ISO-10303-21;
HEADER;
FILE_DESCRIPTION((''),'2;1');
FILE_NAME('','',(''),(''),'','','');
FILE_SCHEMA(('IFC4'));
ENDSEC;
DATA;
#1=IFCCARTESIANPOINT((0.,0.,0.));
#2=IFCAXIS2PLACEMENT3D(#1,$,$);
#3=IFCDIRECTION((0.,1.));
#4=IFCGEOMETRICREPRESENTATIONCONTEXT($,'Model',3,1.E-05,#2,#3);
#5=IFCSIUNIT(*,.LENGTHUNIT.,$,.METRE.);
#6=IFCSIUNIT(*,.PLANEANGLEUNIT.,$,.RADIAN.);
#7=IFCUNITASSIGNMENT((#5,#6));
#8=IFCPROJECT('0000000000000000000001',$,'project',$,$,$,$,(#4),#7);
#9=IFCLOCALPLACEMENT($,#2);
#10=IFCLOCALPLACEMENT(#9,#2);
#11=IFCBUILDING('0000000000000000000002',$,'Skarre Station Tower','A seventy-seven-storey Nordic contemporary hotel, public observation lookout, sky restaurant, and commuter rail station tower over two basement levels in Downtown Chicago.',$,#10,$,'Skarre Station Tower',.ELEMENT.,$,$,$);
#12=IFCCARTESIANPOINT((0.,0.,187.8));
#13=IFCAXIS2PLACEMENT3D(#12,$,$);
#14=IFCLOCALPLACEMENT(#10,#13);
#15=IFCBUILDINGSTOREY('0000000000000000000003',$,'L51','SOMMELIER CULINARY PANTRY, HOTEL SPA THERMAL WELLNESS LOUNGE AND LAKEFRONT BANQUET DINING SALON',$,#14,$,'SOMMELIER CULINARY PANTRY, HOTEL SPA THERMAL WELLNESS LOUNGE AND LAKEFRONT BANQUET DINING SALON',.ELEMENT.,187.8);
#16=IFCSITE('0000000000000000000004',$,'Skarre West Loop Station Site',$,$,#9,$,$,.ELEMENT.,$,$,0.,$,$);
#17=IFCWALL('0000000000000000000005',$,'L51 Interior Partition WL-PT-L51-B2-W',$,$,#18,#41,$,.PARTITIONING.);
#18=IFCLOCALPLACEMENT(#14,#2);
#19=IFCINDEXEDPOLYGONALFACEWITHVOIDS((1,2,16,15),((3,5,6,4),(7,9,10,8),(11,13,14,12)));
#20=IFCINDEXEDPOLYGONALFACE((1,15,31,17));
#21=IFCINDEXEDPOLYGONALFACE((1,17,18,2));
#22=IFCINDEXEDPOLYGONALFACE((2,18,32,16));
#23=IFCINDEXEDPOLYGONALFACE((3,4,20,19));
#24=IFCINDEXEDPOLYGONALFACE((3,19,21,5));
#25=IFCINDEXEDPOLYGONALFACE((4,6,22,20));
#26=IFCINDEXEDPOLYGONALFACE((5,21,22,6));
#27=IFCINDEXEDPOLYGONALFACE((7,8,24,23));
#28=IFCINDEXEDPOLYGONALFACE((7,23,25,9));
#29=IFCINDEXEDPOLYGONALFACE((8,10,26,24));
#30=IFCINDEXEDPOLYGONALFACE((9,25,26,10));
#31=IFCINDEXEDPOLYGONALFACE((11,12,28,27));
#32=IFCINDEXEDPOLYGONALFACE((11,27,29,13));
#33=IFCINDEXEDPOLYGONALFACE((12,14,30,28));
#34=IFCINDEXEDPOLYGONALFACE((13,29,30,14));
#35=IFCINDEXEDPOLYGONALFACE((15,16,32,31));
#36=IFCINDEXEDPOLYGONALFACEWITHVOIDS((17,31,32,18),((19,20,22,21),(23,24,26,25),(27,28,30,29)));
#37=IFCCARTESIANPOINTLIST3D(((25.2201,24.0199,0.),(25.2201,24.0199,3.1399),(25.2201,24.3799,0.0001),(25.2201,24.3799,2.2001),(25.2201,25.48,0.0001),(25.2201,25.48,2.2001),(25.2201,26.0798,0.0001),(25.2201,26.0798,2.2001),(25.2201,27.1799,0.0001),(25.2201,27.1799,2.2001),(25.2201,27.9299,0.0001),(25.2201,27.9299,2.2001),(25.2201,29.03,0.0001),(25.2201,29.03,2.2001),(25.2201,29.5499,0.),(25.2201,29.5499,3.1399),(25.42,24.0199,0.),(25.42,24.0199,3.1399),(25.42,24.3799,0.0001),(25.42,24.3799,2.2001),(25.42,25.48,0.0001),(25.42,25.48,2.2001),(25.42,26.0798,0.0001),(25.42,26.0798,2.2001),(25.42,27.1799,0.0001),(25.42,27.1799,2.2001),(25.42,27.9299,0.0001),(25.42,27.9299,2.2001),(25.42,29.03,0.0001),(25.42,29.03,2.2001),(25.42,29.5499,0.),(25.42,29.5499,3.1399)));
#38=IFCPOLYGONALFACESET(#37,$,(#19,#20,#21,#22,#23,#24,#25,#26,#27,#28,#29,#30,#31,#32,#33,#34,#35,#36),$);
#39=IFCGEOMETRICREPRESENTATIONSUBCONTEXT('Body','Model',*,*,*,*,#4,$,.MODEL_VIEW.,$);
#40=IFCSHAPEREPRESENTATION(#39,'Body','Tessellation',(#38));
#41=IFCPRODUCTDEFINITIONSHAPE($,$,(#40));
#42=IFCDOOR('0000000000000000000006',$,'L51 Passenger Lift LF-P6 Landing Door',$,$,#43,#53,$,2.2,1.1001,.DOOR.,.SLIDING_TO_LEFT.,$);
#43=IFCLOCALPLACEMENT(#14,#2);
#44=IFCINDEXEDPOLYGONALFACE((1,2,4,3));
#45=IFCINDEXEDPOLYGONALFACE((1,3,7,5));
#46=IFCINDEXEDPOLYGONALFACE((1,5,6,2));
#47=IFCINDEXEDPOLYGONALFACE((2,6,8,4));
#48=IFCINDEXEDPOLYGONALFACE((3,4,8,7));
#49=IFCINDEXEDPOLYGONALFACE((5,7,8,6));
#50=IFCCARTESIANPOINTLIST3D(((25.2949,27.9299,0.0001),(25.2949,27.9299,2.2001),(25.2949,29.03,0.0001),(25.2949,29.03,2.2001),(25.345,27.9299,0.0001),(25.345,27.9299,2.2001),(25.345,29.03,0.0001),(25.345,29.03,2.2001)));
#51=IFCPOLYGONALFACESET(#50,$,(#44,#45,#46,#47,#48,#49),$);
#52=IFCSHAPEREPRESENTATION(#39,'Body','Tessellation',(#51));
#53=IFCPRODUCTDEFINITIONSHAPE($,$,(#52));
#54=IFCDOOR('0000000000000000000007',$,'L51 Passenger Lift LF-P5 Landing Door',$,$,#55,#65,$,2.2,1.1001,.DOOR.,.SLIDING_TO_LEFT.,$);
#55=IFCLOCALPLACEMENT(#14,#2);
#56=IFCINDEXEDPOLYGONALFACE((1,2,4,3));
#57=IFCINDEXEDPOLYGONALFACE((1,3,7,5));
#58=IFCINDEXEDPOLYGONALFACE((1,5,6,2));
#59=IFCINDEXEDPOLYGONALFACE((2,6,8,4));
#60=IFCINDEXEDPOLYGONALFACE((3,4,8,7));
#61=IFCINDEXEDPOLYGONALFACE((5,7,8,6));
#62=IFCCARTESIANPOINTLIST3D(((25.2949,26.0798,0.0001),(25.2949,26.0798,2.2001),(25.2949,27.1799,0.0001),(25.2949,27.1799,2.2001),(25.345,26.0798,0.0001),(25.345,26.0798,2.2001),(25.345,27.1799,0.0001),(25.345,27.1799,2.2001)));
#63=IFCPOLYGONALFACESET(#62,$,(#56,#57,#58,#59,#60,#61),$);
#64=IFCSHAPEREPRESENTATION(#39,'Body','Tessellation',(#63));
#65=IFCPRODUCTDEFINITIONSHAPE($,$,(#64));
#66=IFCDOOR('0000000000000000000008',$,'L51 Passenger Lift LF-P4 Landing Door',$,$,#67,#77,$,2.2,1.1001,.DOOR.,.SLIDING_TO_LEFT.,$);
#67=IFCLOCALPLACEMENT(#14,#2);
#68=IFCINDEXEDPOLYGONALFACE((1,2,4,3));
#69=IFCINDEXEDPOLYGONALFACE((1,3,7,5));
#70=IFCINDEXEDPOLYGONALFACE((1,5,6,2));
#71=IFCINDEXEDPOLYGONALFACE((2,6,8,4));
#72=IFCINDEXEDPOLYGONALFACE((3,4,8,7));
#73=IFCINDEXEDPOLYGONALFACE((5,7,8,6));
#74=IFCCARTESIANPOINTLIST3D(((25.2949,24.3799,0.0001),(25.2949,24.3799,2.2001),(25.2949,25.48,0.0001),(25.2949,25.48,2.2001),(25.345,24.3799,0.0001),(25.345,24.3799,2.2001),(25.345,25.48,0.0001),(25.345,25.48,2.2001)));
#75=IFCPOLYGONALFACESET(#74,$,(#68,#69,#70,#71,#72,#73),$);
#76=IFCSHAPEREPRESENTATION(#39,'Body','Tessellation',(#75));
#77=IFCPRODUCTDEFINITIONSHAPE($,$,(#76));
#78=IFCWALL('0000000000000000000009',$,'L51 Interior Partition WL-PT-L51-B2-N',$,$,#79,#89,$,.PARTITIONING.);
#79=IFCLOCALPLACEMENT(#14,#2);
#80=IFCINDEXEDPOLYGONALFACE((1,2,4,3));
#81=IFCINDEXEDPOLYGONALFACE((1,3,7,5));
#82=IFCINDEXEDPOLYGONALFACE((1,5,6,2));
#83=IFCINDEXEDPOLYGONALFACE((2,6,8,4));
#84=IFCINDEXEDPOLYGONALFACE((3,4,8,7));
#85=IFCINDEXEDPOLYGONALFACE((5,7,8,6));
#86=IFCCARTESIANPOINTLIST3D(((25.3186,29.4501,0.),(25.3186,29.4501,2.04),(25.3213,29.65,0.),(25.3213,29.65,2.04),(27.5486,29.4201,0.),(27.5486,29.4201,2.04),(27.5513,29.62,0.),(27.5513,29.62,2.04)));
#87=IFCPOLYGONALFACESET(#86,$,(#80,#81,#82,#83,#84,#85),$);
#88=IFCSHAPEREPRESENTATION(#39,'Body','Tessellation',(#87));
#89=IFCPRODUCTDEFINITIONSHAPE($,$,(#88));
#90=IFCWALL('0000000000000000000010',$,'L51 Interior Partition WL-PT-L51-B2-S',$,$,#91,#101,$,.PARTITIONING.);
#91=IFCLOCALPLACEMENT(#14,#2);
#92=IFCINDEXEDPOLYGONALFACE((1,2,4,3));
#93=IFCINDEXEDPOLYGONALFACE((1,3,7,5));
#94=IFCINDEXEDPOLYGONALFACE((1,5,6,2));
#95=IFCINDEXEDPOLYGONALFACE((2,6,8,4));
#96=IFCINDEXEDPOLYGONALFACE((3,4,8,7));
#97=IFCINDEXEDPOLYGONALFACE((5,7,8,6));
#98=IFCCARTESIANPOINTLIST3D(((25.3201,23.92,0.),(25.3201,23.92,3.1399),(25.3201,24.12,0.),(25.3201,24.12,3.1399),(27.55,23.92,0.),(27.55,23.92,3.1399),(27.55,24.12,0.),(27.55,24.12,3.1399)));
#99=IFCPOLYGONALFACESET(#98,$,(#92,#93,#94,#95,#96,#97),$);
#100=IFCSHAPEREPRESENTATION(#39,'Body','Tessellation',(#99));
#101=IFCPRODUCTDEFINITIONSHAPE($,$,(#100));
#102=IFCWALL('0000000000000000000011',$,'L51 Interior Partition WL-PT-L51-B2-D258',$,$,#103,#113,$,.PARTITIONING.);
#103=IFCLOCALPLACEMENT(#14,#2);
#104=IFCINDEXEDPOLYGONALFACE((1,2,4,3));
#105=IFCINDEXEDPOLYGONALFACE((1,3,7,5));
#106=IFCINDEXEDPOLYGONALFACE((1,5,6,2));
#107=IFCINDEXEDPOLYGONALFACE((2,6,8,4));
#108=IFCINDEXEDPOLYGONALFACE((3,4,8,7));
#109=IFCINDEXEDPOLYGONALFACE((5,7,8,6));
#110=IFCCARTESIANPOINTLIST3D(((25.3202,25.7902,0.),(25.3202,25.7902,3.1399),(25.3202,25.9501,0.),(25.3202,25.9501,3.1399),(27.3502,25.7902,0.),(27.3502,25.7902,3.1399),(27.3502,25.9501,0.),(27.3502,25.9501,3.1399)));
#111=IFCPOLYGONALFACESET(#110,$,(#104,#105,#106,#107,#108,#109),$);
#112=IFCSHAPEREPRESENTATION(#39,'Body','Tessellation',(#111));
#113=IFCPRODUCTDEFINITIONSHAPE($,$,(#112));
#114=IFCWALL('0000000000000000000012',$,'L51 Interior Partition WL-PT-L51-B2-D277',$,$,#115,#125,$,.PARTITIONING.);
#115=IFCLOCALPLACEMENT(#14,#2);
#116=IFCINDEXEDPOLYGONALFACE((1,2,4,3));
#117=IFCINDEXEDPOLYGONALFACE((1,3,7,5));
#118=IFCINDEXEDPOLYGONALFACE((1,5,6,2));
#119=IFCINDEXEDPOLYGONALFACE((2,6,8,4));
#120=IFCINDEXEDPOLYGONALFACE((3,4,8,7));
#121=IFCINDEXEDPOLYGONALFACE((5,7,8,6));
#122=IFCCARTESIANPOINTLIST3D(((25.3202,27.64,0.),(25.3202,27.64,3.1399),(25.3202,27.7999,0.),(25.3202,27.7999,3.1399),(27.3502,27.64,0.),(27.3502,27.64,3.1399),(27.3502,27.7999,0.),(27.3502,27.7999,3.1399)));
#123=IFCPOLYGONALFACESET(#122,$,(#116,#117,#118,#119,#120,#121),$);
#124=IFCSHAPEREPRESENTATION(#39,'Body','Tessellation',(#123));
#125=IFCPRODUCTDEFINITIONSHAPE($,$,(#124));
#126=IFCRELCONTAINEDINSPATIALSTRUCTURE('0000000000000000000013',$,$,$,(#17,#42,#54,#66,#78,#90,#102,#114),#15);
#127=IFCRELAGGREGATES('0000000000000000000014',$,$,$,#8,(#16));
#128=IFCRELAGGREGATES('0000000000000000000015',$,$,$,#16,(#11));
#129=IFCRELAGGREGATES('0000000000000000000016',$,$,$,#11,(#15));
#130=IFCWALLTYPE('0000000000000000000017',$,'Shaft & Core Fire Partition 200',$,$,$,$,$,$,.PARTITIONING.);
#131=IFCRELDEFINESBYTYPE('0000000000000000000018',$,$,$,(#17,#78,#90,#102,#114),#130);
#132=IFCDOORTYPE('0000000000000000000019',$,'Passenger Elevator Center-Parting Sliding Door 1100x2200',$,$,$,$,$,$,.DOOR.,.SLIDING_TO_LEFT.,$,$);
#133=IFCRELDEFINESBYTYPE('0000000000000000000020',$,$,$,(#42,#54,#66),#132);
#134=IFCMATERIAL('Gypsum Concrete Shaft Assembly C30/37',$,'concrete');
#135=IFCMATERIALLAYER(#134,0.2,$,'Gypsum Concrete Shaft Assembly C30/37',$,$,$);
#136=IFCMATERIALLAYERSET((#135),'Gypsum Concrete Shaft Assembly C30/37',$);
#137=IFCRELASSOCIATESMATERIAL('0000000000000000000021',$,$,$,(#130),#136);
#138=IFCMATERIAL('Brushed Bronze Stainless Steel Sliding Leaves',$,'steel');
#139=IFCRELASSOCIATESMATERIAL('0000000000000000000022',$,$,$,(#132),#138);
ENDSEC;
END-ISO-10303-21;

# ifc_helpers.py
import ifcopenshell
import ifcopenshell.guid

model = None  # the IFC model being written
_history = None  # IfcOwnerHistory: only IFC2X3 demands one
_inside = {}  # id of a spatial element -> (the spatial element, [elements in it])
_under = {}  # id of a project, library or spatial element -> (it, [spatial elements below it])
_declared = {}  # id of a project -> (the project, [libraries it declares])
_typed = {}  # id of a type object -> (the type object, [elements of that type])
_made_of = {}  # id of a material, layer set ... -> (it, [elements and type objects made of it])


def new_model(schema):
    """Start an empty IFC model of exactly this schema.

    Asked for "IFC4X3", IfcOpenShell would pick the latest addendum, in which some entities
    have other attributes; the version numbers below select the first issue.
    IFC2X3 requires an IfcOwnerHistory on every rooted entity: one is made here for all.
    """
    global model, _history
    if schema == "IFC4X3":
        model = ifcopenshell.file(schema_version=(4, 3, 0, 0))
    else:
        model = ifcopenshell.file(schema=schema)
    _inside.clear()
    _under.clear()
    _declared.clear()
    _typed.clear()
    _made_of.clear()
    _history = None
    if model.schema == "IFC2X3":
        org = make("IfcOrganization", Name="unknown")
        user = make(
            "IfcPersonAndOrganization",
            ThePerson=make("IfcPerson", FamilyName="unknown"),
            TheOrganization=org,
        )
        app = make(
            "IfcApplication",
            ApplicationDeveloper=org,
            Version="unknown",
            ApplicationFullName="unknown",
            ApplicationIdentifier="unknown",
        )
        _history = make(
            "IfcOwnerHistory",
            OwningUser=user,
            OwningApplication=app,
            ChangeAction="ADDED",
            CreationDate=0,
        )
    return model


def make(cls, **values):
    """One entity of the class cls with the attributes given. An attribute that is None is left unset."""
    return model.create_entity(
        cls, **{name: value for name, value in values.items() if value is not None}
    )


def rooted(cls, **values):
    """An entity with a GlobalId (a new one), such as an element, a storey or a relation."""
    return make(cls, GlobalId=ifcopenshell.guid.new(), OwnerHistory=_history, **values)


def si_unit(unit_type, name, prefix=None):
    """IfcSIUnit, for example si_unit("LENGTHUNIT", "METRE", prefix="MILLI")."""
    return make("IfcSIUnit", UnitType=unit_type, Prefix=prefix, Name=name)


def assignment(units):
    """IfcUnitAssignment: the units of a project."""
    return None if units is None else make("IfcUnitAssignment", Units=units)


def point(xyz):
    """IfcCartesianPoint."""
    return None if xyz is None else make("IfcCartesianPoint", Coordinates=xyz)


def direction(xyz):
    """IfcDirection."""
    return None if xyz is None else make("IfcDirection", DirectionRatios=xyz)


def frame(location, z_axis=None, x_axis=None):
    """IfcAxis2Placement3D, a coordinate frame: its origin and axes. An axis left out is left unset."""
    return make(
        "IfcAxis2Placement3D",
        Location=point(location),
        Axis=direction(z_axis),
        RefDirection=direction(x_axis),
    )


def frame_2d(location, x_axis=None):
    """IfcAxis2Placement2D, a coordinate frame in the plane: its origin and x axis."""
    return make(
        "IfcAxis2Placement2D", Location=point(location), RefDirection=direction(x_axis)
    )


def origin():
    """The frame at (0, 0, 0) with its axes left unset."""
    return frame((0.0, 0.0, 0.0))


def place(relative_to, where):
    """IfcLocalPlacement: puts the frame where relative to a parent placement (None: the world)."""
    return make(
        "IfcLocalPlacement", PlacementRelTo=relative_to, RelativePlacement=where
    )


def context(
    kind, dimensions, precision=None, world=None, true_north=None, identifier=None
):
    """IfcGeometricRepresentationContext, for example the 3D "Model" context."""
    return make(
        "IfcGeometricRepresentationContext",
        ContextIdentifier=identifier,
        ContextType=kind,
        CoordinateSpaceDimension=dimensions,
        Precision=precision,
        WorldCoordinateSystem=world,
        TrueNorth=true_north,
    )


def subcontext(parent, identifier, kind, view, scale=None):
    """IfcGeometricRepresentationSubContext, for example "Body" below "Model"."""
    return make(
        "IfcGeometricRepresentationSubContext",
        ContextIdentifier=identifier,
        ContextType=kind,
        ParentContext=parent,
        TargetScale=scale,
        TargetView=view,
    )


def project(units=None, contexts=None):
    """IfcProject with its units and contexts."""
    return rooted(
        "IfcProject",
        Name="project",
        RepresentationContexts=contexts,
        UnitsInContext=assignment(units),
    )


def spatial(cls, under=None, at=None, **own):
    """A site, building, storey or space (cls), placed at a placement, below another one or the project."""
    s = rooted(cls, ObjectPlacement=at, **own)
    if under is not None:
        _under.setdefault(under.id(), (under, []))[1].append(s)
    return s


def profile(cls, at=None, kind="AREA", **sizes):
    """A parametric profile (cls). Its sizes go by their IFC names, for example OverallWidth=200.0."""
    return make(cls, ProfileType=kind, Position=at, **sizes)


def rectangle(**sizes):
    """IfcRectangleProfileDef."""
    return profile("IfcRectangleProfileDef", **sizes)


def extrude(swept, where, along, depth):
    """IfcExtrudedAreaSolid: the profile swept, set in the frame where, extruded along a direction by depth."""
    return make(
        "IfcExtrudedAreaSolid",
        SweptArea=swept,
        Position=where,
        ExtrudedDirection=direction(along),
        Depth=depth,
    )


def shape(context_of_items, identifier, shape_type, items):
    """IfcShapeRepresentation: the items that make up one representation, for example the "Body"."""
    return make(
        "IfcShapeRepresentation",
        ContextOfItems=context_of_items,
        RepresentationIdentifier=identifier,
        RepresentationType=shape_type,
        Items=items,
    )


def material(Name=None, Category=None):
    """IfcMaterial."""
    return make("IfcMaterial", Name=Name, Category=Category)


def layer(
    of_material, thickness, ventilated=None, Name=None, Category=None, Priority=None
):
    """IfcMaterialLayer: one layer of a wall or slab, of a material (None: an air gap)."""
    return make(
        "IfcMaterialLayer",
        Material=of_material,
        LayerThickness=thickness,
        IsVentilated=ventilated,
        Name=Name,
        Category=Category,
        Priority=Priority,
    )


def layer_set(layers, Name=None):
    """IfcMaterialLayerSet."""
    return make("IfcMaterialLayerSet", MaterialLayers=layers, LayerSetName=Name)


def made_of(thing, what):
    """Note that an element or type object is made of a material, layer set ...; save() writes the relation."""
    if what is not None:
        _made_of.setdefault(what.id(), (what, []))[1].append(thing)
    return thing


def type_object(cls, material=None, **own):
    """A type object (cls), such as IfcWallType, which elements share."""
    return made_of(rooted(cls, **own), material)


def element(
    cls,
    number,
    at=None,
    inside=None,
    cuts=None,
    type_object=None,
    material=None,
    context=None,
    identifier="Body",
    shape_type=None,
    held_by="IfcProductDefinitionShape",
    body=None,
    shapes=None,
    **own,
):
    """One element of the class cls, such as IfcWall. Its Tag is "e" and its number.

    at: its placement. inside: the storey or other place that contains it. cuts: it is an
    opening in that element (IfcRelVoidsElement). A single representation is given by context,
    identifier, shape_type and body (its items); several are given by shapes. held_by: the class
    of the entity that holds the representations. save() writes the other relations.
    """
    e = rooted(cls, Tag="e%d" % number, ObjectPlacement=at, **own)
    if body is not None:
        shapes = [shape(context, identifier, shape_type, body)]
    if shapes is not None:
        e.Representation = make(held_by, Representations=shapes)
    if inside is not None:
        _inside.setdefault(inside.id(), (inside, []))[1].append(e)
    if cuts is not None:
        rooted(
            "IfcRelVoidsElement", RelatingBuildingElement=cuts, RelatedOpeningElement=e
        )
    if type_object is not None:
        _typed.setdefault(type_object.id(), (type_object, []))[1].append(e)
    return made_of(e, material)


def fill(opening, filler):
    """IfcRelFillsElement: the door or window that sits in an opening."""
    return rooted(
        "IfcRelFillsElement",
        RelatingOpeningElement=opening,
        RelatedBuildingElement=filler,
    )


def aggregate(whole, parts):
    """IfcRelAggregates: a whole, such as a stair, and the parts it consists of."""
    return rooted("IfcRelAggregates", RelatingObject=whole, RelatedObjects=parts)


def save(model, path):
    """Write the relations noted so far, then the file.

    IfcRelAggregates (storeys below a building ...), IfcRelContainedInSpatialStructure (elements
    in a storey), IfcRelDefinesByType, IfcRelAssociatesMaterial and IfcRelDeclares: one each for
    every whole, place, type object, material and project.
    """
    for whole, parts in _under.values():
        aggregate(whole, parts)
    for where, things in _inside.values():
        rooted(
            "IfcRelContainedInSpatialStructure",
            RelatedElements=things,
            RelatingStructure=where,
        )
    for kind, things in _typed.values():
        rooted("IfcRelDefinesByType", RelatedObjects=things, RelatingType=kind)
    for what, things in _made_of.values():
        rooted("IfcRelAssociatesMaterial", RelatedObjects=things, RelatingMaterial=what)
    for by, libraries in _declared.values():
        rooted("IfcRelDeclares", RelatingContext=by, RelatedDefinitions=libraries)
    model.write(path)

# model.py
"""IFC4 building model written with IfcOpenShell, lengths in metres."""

from ifc_helpers import new_model, si_unit, direction, frame, frame_2d, origin, place, context, subcontext, project, spatial, rectangle, extrude, material, layer, layer_set, type_object, element, fill, save


model = new_model("IFC4")

# Units and contexts
model_context = context("Model", 3, precision=1e-05, world=origin(), true_north=direction((0.0, 1.0)))
body_context = subcontext(model_context, "Body", "Model", "MODEL_VIEW")
ifc_project = project(units=[si_unit("LENGTHUNIT", "METRE"), si_unit("PLANEANGLEUNIT", "RADIAN")], contexts=[model_context])

# Site, building, storey
site_placement = place(None, origin())
site = spatial("IfcSite", under=ifc_project, at=site_placement, Name="Skarre West Loop Station Site", CompositionType="ELEMENT", RefElevation=0.0)
building_placement = place(site_placement, origin())
building = spatial("IfcBuilding", under=site, at=building_placement, Name="Skarre Station Tower", Description="A seventy-seven-storey Nordic contemporary hotel, public observation lookout, sky restaurant, and commuter rail station tower over two basement levels in Downtown Chicago.", LongName="Skarre Station Tower", CompositionType="ELEMENT")
storey_placement = place(building_placement, frame((0.0, 0.0, 187.8)))
storey = spatial("IfcBuildingStorey", under=building, at=storey_placement, Name="L51", Description="SOMMELIER CULINARY PANTRY, HOTEL SPA THERMAL WELLNESS LOUNGE AND LAKEFRONT BANQUET DINING SALON", LongName="SOMMELIER CULINARY PANTRY, HOTEL SPA THERMAL WELLNESS LOUNGE AND LAKEFRONT BANQUET DINING SALON", CompositionType="ELEMENT", Elevation=187.8)

# Shared definitions
ifc_material_1 = material(Name="Gypsum Concrete Shaft Assembly C30/37", Category="concrete")
ifc_layer_1 = layer(ifc_material_1, 0.2, Name="Gypsum Concrete Shaft Assembly C30/37")
ifc_layer_set_1 = layer_set([ifc_layer_1], Name="Gypsum Concrete Shaft Assembly C30/37")
wall_type_1 = type_object("IfcWallType", Name="Shaft & Core Fire Partition 200", PredefinedType="PARTITIONING", material=ifc_layer_set_1)

# Wall, openings, doors
wall_1_placement = place(storey_placement, frame((25.3201, 29.55, 0.0), z_axis=(0.0, 0.0, 1.0), x_axis=(0.0, -1.0, 0.0)))
wall_1 = element("IfcWall", 1, at=wall_1_placement, inside=storey, type_object=wall_type_1, Name="L51 Interior Partition WL-PT-L51-B2-W", PredefinedType="PARTITIONING", context=body_context, shape_type="SweptSolid", body=[
    extrude(rectangle(XDim=5.53, YDim=0.2, at=frame_2d((2.7651, 0.0))), origin(), (0.0, 0.0, 1.0), 3.1399),
])
opening_1_placement = place(wall_1_placement, frame((0.52, 0.0, 0.0)))
opening_1 = element("IfcOpeningElement", 2, at=opening_1_placement, cuts=wall_1, PredefinedType="OPENING", context=body_context, shape_type="SweptSolid", body=[
    extrude(rectangle(XDim=1.1001, YDim=2.2, at=frame_2d((0.55, 1.1001))), frame((0.0, 0.1099, 0.0), z_axis=(0.0, -1.0, 0.0), x_axis=(1.0, 0.0, 0.0)), (0.0, 0.0, 1.0), 0.22),
])
opening_2_placement = place(wall_1_placement, frame((2.3701, 0.0, 0.0)))
opening_2 = element("IfcOpeningElement", 3, at=opening_2_placement, cuts=wall_1, PredefinedType="OPENING", context=body_context, shape_type="SweptSolid", body=[
    extrude(rectangle(XDim=1.1001, YDim=2.2, at=frame_2d((0.55, 1.1001))), frame((0.0, 0.1099, 0.0), z_axis=(0.0, -1.0, 0.0), x_axis=(1.0, 0.0, 0.0)), (0.0, 0.0, 1.0), 0.22),
])
opening_3_placement = place(wall_1_placement, frame((4.0701, 0.0, 0.0)))
opening_3 = element("IfcOpeningElement", 4, at=opening_3_placement, cuts=wall_1, PredefinedType="OPENING", context=body_context, shape_type="SweptSolid", body=[
    extrude(rectangle(XDim=1.1001, YDim=2.2, at=frame_2d((0.55, 1.1001))), frame((0.0, 0.1099, 0.0), z_axis=(0.0, -1.0, 0.0), x_axis=(1.0, 0.0, 0.0)), (0.0, 0.0, 1.0), 0.22),
])
ifc_material_2 = material(Name="Brushed Bronze Stainless Steel Sliding Leaves", Category="steel")
door_type_1 = type_object("IfcDoorType", Name="Passenger Elevator Center-Parting Sliding Door 1100x2200", OperationType="SLIDING_TO_LEFT", PredefinedType="DOOR", material=ifc_material_2)
door_1_placement = place(opening_1_placement, origin())
door_1 = element("IfcDoor", 5, at=door_1_placement, inside=storey, type_object=door_type_1, Name="L51 Passenger Lift LF-P6 Landing Door", OperationType="SLIDING_TO_LEFT", OverallHeight=2.2, OverallWidth=1.1001, PredefinedType="DOOR", context=body_context, shape_type="SweptSolid", body=[
    extrude(rectangle(XDim=1.1001, YDim=2.2, at=frame_2d((0.55, 1.1001))), frame((0.0, 0.0249, 0.0), z_axis=(0.0, -1.0, 0.0), x_axis=(1.0, 0.0, 0.0)), (0.0, 0.0, 1.0), 0.05),
])
fill(opening_1, door_1)
door_2_placement = place(opening_2_placement, origin())
door_2 = element("IfcDoor", 6, at=door_2_placement, inside=storey, type_object=door_type_1, Name="L51 Passenger Lift LF-P5 Landing Door", OperationType="SLIDING_TO_LEFT", OverallHeight=2.2, OverallWidth=1.1001, PredefinedType="DOOR", context=body_context, shape_type="SweptSolid", body=[
    extrude(rectangle(XDim=1.1001, YDim=2.2, at=frame_2d((0.55, 1.1001))), frame((0.0, 0.0249, 0.0), z_axis=(0.0, -1.0, 0.0), x_axis=(1.0, 0.0, 0.0)), (0.0, 0.0, 1.0), 0.05),
])
fill(opening_2, door_2)
door_3_placement = place(opening_3_placement, origin())
door_3 = element("IfcDoor", 7, at=door_3_placement, inside=storey, type_object=door_type_1, Name="L51 Passenger Lift LF-P4 Landing Door", OperationType="SLIDING_TO_LEFT", OverallHeight=2.2, OverallWidth=1.1001, PredefinedType="DOOR", context=body_context, shape_type="SweptSolid", body=[
    extrude(rectangle(XDim=1.1001, YDim=2.2, at=frame_2d((0.55, 1.1001))), frame((0.0, 0.0249, 0.0), z_axis=(0.0, -1.0, 0.0), x_axis=(1.0, 0.0, 0.0)), (0.0, 0.0, 1.0), 0.05),
])
fill(opening_3, door_3)

# Walls
wall_2_placement = place(storey_placement, frame((27.55, 29.52, 0.0), z_axis=(0.0, 0.0, 1.0), x_axis=(-0.999909, 0.013465, 0.0)))
element("IfcWall", 8, at=wall_2_placement, inside=storey, type_object=wall_type_1, Name="L51 Interior Partition WL-PT-L51-B2-N", PredefinedType="PARTITIONING", context=body_context, shape_type="SweptSolid", body=[
    extrude(rectangle(XDim=2.2302, YDim=0.2, at=frame_2d((1.1152, 0.0))), origin(), (0.0, 0.0, 1.0), 2.04),
])
wall_3_placement = place(storey_placement, frame((25.3201, 24.02, 0.0), z_axis=(0.0, 0.0, 1.0), x_axis=(1.0, 0.0, 0.0)))
element("IfcWall", 9, at=wall_3_placement, inside=storey, type_object=wall_type_1, Name="L51 Interior Partition WL-PT-L51-B2-S", PredefinedType="PARTITIONING", context=body_context, shape_type="SweptSolid", body=[
    extrude(rectangle(XDim=2.23, YDim=0.2, at=frame_2d((1.115, 0.0))), origin(), (0.0, 0.0, 1.0), 3.1399),
])
for number, where, z_axis, x_axis, name in (
    (10, (25.3201, 25.8701, 0.0), (0.0, 0.0, 1.0), (1.0, 0.0, 0.0), "L51 Interior Partition WL-PT-L51-B2-D258"),
    (11, (25.3201, 27.72, 0.0), (0.0, 0.0, 1.0), (1.0, 0.0, 0.0), "L51 Interior Partition WL-PT-L51-B2-D277"),
):
    element("IfcWall", number, at=place(storey_placement, frame(where, z_axis=z_axis, x_axis=x_axis)), inside=storey, type_object=wall_type_1, Name=name, PredefinedType="PARTITIONING", context=body_context, shape_type="SweptSolid", body=[
        extrude(rectangle(XDim=2.03, YDim=0.1599, at=frame_2d((1.0151, 0.0))), origin(), (0.0, 0.0, 1.0), 3.1399),
    ])

save(model, "model.ifc")
